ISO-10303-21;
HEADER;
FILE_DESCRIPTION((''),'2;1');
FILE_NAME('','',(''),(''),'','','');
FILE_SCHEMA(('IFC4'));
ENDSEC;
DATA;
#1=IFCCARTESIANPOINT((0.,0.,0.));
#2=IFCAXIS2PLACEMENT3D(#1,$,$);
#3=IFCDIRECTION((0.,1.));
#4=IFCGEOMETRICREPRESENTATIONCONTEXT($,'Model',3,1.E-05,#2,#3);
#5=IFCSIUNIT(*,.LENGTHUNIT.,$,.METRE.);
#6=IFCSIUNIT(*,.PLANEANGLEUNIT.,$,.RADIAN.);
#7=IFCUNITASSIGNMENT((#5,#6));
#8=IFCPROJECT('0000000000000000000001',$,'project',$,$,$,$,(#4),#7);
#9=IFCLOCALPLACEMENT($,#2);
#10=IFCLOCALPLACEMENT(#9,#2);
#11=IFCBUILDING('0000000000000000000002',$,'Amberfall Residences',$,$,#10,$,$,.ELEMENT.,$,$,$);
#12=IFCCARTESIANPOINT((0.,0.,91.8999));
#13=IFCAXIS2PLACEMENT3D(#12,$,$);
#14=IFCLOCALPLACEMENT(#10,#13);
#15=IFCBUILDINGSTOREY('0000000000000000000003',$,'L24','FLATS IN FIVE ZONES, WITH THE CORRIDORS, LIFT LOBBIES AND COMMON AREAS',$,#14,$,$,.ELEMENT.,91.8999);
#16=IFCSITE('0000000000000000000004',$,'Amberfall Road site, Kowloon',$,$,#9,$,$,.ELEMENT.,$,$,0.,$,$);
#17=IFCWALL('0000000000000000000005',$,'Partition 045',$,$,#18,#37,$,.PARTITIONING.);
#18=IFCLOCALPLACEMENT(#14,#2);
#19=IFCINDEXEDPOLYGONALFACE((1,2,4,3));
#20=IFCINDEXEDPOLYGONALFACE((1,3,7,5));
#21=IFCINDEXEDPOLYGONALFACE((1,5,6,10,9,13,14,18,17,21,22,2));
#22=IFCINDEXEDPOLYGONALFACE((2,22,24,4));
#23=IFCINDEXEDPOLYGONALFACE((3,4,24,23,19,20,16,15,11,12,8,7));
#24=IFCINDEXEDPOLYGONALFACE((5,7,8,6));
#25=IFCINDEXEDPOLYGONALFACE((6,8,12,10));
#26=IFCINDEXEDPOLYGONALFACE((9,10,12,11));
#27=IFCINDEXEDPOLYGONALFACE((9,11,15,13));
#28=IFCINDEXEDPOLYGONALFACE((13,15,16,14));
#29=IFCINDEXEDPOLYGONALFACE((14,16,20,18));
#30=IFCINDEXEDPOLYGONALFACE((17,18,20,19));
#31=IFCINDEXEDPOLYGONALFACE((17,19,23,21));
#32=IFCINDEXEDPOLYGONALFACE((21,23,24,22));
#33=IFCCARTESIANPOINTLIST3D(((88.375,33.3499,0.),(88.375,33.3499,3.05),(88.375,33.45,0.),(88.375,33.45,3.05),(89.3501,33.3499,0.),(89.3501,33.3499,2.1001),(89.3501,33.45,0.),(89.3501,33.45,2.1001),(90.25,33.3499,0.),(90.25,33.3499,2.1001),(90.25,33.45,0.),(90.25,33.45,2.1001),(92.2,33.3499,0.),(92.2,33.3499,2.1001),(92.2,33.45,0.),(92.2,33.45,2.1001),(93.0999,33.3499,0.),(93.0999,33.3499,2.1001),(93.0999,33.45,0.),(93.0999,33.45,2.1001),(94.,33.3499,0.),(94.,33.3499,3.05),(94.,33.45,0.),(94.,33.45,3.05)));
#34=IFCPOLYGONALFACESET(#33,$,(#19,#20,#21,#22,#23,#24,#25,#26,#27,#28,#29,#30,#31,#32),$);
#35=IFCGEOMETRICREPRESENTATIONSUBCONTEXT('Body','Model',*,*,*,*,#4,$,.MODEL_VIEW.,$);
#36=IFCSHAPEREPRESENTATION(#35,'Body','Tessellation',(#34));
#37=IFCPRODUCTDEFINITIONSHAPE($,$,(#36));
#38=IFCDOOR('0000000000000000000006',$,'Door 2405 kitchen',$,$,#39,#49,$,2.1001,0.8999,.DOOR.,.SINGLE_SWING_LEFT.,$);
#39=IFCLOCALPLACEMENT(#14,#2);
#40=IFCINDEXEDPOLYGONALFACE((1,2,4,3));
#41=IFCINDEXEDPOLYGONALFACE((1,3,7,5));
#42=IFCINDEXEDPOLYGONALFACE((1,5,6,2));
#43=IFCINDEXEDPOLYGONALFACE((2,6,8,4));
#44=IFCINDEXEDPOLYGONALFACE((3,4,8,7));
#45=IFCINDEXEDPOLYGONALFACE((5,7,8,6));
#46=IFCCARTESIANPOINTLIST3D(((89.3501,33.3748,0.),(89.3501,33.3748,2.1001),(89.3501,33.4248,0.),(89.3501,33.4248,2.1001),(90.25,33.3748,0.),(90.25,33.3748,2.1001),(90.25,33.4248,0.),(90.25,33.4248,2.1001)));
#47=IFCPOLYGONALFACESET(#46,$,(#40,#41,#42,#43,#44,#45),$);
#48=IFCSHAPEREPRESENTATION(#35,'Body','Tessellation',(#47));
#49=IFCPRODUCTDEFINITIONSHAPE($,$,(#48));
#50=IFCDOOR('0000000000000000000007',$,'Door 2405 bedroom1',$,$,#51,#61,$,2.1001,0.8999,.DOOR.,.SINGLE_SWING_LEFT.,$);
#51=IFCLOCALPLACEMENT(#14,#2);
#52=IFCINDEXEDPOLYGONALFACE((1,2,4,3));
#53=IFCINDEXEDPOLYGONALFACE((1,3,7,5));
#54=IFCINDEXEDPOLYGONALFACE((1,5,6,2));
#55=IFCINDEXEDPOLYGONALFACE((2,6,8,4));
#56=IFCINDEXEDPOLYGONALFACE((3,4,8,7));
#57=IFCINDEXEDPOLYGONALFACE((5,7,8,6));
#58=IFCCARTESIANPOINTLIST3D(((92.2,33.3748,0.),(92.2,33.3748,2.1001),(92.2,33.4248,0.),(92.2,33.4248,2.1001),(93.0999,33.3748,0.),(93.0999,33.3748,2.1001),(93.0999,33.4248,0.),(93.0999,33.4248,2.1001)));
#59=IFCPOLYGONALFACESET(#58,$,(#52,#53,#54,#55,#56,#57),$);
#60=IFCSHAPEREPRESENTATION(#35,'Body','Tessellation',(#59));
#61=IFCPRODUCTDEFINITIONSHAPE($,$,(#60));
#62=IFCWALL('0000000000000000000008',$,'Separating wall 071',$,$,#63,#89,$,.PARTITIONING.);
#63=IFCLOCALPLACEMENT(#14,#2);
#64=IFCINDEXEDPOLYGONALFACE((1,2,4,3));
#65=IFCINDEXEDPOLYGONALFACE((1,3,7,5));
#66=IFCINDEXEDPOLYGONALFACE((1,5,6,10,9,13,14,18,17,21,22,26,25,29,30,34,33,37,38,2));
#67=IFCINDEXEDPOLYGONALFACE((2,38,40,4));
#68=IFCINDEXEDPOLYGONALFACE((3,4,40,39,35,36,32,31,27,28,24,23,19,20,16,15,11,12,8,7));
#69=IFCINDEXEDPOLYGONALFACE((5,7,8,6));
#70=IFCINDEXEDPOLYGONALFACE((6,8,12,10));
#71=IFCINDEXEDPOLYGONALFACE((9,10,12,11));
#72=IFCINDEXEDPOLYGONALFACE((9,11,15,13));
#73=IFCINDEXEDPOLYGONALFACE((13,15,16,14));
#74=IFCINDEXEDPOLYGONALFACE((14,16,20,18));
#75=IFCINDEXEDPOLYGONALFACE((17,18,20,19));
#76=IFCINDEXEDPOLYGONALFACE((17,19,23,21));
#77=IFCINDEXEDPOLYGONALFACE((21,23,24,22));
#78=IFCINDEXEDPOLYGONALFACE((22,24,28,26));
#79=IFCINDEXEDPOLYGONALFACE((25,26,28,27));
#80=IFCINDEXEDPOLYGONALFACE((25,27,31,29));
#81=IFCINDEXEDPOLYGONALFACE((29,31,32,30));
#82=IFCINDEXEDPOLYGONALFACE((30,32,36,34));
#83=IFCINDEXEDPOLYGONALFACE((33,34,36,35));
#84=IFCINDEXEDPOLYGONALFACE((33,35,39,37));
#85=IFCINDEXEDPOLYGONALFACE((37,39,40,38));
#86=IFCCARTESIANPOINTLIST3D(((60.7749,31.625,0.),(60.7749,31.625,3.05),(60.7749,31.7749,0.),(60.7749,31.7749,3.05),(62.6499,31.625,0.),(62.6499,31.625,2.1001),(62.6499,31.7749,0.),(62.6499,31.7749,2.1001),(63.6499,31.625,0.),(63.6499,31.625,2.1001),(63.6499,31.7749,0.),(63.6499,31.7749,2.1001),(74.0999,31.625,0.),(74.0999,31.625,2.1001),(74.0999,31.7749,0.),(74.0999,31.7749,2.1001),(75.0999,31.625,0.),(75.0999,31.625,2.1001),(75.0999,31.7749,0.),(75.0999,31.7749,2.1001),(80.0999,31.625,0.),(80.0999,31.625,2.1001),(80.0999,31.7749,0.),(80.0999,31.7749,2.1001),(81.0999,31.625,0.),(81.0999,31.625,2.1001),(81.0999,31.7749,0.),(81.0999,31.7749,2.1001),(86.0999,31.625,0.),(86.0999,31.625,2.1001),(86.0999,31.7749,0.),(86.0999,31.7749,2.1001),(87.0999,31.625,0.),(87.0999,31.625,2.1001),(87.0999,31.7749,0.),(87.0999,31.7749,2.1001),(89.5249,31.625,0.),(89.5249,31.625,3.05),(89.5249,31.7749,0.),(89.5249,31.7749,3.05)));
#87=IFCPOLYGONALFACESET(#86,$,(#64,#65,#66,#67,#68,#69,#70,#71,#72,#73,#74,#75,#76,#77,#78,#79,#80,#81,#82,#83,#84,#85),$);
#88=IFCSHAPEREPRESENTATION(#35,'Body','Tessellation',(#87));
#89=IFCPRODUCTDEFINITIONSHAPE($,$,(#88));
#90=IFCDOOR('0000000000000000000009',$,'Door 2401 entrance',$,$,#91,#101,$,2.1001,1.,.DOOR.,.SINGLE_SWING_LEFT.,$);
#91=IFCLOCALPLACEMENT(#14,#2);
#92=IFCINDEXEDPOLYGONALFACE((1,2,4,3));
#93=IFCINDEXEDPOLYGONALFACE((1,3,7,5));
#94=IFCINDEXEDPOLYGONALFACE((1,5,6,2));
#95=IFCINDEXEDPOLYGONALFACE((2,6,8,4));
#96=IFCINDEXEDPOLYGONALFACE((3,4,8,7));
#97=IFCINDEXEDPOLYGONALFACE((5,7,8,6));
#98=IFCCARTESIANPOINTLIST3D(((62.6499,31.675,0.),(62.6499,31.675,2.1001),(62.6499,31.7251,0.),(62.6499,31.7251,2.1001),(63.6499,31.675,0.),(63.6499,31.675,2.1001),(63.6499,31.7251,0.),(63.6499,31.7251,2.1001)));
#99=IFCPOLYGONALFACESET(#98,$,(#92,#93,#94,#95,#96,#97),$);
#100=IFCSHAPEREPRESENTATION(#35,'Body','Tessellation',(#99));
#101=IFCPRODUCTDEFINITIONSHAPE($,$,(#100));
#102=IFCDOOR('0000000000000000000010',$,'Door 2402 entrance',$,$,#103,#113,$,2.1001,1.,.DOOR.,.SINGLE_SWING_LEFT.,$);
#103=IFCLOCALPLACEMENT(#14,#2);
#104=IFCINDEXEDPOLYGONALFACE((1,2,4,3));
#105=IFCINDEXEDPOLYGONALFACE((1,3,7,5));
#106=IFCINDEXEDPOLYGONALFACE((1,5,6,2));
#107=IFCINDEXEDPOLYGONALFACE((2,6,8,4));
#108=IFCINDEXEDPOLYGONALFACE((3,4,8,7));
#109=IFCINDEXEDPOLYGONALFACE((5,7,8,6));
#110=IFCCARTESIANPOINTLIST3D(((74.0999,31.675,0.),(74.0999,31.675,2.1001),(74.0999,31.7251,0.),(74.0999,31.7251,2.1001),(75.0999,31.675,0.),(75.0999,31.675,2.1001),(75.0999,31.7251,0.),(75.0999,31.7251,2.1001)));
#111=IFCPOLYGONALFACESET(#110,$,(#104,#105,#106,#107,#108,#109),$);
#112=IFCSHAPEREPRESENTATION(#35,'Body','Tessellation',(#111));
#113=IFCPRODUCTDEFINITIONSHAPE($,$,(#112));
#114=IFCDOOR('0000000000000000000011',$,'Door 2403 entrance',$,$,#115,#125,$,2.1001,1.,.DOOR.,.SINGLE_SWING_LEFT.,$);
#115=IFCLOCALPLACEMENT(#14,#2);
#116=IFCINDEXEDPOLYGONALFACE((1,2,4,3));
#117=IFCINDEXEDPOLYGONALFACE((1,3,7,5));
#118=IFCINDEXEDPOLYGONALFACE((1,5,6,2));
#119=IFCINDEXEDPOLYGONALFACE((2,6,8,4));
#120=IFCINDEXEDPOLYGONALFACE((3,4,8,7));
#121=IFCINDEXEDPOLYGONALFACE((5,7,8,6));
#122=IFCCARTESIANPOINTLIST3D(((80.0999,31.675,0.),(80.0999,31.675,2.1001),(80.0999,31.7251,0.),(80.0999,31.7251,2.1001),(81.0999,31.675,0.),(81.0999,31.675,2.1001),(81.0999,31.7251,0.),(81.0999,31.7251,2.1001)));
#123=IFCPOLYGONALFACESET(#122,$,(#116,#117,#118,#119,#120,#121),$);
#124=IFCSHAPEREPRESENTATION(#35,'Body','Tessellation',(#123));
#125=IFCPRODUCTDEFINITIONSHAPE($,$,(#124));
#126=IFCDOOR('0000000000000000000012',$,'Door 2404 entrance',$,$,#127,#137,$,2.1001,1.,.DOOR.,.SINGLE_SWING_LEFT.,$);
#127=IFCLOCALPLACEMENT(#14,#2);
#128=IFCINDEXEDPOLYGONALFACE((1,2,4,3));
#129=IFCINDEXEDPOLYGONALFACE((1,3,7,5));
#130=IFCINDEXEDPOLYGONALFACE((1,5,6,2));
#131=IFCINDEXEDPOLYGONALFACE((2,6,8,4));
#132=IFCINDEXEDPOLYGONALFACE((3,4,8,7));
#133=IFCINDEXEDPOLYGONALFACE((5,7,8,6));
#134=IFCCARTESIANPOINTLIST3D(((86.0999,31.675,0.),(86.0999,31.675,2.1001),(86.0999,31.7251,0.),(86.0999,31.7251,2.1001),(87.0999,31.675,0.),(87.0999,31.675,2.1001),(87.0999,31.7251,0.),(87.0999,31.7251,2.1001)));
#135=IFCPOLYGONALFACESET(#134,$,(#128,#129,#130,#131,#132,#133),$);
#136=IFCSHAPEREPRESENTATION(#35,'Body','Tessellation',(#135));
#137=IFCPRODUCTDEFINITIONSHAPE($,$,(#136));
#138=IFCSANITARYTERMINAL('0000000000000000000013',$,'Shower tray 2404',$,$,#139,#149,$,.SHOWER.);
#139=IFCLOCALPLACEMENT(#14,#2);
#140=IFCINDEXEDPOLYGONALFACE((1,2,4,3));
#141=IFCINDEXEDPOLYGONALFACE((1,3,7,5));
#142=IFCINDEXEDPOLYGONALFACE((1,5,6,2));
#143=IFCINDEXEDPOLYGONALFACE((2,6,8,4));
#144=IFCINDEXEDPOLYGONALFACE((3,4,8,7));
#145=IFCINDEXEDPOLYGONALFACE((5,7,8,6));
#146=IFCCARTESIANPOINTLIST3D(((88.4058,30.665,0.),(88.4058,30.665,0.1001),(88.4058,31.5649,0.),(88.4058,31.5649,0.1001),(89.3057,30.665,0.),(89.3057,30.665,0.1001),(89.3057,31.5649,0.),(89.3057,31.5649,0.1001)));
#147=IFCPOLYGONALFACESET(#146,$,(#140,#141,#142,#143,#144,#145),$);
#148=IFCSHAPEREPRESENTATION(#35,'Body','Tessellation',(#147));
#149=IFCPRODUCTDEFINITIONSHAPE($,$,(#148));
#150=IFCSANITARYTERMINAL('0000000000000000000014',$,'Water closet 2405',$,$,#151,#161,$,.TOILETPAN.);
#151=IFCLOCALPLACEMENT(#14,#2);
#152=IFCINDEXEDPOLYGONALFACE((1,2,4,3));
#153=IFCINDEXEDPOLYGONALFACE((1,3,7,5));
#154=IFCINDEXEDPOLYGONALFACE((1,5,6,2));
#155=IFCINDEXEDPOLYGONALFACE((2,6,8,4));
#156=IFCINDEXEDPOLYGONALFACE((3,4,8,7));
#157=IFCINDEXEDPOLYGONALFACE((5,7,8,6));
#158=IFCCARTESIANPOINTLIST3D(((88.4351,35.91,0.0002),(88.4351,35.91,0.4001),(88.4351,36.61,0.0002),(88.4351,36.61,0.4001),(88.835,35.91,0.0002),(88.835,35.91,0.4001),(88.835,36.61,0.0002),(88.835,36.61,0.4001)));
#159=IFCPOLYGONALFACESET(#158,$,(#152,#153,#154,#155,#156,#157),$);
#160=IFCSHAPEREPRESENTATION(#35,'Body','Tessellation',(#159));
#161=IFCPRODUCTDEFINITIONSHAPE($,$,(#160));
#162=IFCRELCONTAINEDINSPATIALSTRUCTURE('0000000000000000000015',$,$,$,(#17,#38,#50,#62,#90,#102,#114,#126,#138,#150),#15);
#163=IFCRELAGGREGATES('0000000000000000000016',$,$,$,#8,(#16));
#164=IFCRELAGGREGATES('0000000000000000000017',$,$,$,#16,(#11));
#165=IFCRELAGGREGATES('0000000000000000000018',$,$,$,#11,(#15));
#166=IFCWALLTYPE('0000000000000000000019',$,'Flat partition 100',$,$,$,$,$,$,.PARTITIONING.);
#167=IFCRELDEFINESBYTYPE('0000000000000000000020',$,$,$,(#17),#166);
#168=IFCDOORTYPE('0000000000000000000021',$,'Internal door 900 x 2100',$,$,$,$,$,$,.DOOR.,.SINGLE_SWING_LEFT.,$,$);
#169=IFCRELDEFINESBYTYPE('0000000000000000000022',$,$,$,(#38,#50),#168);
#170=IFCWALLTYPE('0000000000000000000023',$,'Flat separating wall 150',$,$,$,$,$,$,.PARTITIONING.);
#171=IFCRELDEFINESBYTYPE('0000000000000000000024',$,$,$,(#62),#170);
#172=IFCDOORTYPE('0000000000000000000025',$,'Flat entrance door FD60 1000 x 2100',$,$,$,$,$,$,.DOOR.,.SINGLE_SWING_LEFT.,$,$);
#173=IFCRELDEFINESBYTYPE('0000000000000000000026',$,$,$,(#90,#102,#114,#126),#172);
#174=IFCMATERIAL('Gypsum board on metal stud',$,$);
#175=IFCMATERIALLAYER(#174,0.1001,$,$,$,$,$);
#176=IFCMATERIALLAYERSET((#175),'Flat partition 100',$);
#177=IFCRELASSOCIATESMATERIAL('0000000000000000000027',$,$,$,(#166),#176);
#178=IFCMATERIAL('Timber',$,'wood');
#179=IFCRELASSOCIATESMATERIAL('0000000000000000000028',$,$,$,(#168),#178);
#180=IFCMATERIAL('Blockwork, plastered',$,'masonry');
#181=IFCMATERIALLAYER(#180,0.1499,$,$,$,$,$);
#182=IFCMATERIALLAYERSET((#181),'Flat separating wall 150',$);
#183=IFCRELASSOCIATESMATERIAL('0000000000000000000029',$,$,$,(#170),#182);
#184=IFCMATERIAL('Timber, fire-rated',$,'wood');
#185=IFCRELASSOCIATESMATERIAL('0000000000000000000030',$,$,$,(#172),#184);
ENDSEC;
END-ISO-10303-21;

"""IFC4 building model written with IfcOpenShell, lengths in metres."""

from ifc_helpers import new_model, si_unit, direction, frame, frame_2d, origin, origin_2d, place, context, subcontext, project, spatial, rectangle, extrude, material, layer, layer_set, type_object, element, fill, save


model = new_model("IFC4")

# Units and contexts
model_context = context("Model", 3, precision=1e-05, world=origin(), true_north=direction((0.0, 1.0)))
body_context = subcontext(model_context, "Body", "Model", "MODEL_VIEW")
ifc_project = project(units=[si_unit("LENGTHUNIT", "METRE"), si_unit("PLANEANGLEUNIT", "RADIAN")], contexts=[model_context])

# Site, building, storey
site_placement = place(None, origin())
site = spatial("IfcSite", under=ifc_project, at=site_placement, Name="Amberfall Road site, Kowloon", CompositionType="ELEMENT", RefElevation=0.0)
building_placement = place(site_placement, origin())
building = spatial("IfcBuilding", under=site, at=building_placement, Name="Amberfall Residences", CompositionType="ELEMENT")
storey_placement = place(building_placement, frame((0.0, 0.0, 91.8999)))
storey = spatial("IfcBuildingStorey", under=building, at=storey_placement, Name="L24", Description="FLATS IN FIVE ZONES, WITH THE CORRIDORS, LIFT LOBBIES AND COMMON AREAS", CompositionType="ELEMENT", Elevation=91.8999)

# Shared definitions
ifc_material_1 = material(Name="Gypsum board on metal stud")
ifc_layer_1 = layer(ifc_material_1, 0.1001)
ifc_layer_set_1 = layer_set([ifc_layer_1], Name="Flat partition 100")
wall_type_1 = type_object("IfcWallType", Name="Flat partition 100", PredefinedType="PARTITIONING", material=ifc_layer_set_1)
ifc_material_2 = material(Name="Timber", Category="wood")

# Walls, openings, doors
wall_1_placement = place(storey_placement, frame((88.375, 33.3999, 0.0), z_axis=(0.0, 0.0, 1.0), x_axis=(1.0, 0.0, 0.0)))
wall_1 = element("IfcWall", 1, at=wall_1_placement, inside=storey, type_object=wall_type_1, Name="Partition 045", PredefinedType="PARTITIONING", context=body_context, shape_type="SweptSolid", body=[
    extrude(rectangle(XDim=5.625, YDim=0.1001, at=frame_2d((2.8125, 0.0))), origin(), (0.0, 0.0, 1.0), 3.05),
])
opening_1_placement = place(wall_1_placement, frame((0.9751, 0.0, 0.0)))
opening_1 = element("IfcOpeningElement", 2, at=opening_1_placement, cuts=wall_1, PredefinedType="OPENING", context=body_context, shape_type="SweptSolid", body=[
    extrude(rectangle(XDim=0.8999, YDim=2.1001, at=frame_2d((0.45, 1.05))), frame((0.0, 0.0601, 0.0), z_axis=(0.0, -1.0, 0.0), x_axis=(1.0, 0.0, 0.0)), (0.0, 0.0, 1.0), 0.1201),
])
opening_2_placement = place(wall_1_placement, frame((3.825, 0.0, 0.0)))
opening_2 = element("IfcOpeningElement", 3, at=opening_2_placement, cuts=wall_1, PredefinedType="OPENING", context=body_context, shape_type="SweptSolid", body=[
    extrude(rectangle(XDim=0.8999, YDim=2.1001, at=frame_2d((0.45, 1.05))), frame((0.0, 0.0601, 0.0), z_axis=(0.0, -1.0, 0.0), x_axis=(1.0, 0.0, 0.0)), (0.0, 0.0, 1.0), 0.1201),
])
door_type_1 = type_object("IfcDoorType", Name="Internal door 900 x 2100", OperationType="SINGLE_SWING_LEFT", PredefinedType="DOOR", material=ifc_material_2)
door_1_placement = place(opening_1_placement, origin())
door_1 = element("IfcDoor", 4, at=door_1_placement, inside=storey, type_object=door_type_1, Name="Door 2405 kitchen", OperationType="SINGLE_SWING_LEFT", OverallHeight=2.1001, OverallWidth=0.8999, PredefinedType="DOOR", context=body_context, shape_type="SweptSolid", body=[
    extrude(rectangle(XDim=0.8999, YDim=2.1001, at=frame_2d((0.45, 1.05))), frame((0.0, 0.0249, 0.0), z_axis=(0.0, -1.0, 0.0), x_axis=(1.0, 0.0, 0.0)), (0.0, 0.0, 1.0), 0.05),
])
fill(opening_1, door_1)
door_2_placement = place(opening_2_placement, origin())
door_2 = element("IfcDoor", 5, at=door_2_placement, inside=storey, type_object=door_type_1, Name="Door 2405 bedroom1", OperationType="SINGLE_SWING_LEFT", OverallHeight=2.1001, OverallWidth=0.8999, PredefinedType="DOOR", context=body_context, shape_type="SweptSolid", body=[
    extrude(rectangle(XDim=0.8999, YDim=2.1001, at=frame_2d((0.45, 1.05))), frame((0.0, 0.0249, 0.0), z_axis=(0.0, -1.0, 0.0), x_axis=(1.0, 0.0, 0.0)), (0.0, 0.0, 1.0), 0.05),
])
fill(opening_2, door_2)
ifc_material_3 = material(Name="Blockwork, plastered", Category="masonry")
ifc_layer_2 = layer(ifc_material_3, 0.1499)
ifc_layer_set_2 = layer_set([ifc_layer_2], Name="Flat separating wall 150")
wall_type_2 = type_object("IfcWallType", Name="Flat separating wall 150", PredefinedType="PARTITIONING", material=ifc_layer_set_2)
wall_2_placement = place(storey_placement, frame((89.5249, 31.7, 0.0), z_axis=(0.0, 0.0, 1.0), x_axis=(-1.0, 0.0, 0.0)))
wall_2 = element("IfcWall", 6, at=wall_2_placement, inside=storey, type_object=wall_type_2, Name="Separating wall 071", PredefinedType="PARTITIONING", context=body_context, shape_type="SweptSolid", body=[
    extrude(rectangle(XDim=28.75, YDim=0.1499, at=frame_2d((14.375, 0.0))), origin(), (0.0, 0.0, 1.0), 3.05),
])
opening_3_placement = place(wall_2_placement, frame((25.875, 0.0, 0.0)))
opening_3 = element("IfcOpeningElement", 7, at=opening_3_placement, cuts=wall_2, PredefinedType="OPENING", context=body_context, shape_type="SweptSolid", body=[
    extrude(rectangle(XDim=1.0, YDim=2.1001, at=frame_2d((0.5, 1.05))), frame((0.0, 0.085, 0.0), z_axis=(0.0, -1.0, 0.0), x_axis=(1.0, 0.0, 0.0)), (0.0, 0.0, 1.0), 0.1699),
])
opening_4_placement = place(wall_2_placement, frame((14.425, 0.0, 0.0)))
opening_4 = element("IfcOpeningElement", 8, at=opening_4_placement, cuts=wall_2, PredefinedType="OPENING", context=body_context, shape_type="SweptSolid", body=[
    extrude(rectangle(XDim=1.0, YDim=2.1001, at=frame_2d((0.5, 1.05))), frame((0.0, 0.085, 0.0), z_axis=(0.0, -1.0, 0.0), x_axis=(1.0, 0.0, 0.0)), (0.0, 0.0, 1.0), 0.1699),
])
opening_5_placement = place(wall_2_placement, frame((8.425, 0.0, 0.0)))
opening_5 = element("IfcOpeningElement", 9, at=opening_5_placement, cuts=wall_2, PredefinedType="OPENING", context=body_context, shape_type="SweptSolid", body=[
    extrude(rectangle(XDim=1.0, YDim=2.1001, at=frame_2d((0.5, 1.05))), frame((0.0, 0.085, 0.0), z_axis=(0.0, -1.0, 0.0), x_axis=(1.0, 0.0, 0.0)), (0.0, 0.0, 1.0), 0.1699),
])
opening_6_placement = place(wall_2_placement, frame((2.425, 0.0, 0.0)))
opening_6 = element("IfcOpeningElement", 10, at=opening_6_placement, cuts=wall_2, PredefinedType="OPENING", context=body_context, shape_type="SweptSolid", body=[
    extrude(rectangle(XDim=1.0, YDim=2.1001, at=frame_2d((0.5, 1.05))), frame((0.0, 0.085, 0.0), z_axis=(0.0, -1.0, 0.0), x_axis=(1.0, 0.0, 0.0)), (0.0, 0.0, 1.0), 0.1699),
])
ifc_material_4 = material(Name="Timber, fire-rated", Category="wood")
door_type_2 = type_object("IfcDoorType", Name="Flat entrance door FD60 1000 x 2100", OperationType="SINGLE_SWING_LEFT", PredefinedType="DOOR", material=ifc_material_4)
door_3_placement = place(opening_3_placement, origin())
door_3 = element("IfcDoor", 11, at=door_3_placement, inside=storey, type_object=door_type_2, Name="Door 2401 entrance", OperationType="SINGLE_SWING_LEFT", OverallHeight=2.1001, OverallWidth=1.0, PredefinedType="DOOR", context=body_context, shape_type="SweptSolid", body=[
    extrude(rectangle(XDim=1.0, YDim=2.1001, at=frame_2d((0.5, 1.05))), frame((0.0, 0.0249, 0.0), z_axis=(0.0, -1.0, 0.0), x_axis=(1.0, 0.0, 0.0)), (0.0, 0.0, 1.0), 0.05),
])
fill(opening_3, door_3)
door_4_placement = place(opening_4_placement, origin())
door_4 = element("IfcDoor", 12, at=door_4_placement, inside=storey, type_object=door_type_2, Name="Door 2402 entrance", OperationType="SINGLE_SWING_LEFT", OverallHeight=2.1001, OverallWidth=1.0, PredefinedType="DOOR", context=body_context, shape_type="SweptSolid", body=[
    extrude(rectangle(XDim=1.0, YDim=2.1001, at=frame_2d((0.5, 1.05))), frame((0.0, 0.0249, 0.0), z_axis=(0.0, -1.0, 0.0), x_axis=(1.0, 0.0, 0.0)), (0.0, 0.0, 1.0), 0.05),
])
fill(opening_4, door_4)
door_5_placement = place(opening_5_placement, origin())
door_5 = element("IfcDoor", 13, at=door_5_placement, inside=storey, type_object=door_type_2, Name="Door 2403 entrance", OperationType="SINGLE_SWING_LEFT", OverallHeight=2.1001, OverallWidth=1.0, PredefinedType="DOOR", context=body_context, shape_type="SweptSolid", body=[
    extrude(rectangle(XDim=1.0, YDim=2.1001, at=frame_2d((0.5, 1.05))), frame((0.0, 0.0249, 0.0), z_axis=(0.0, -1.0, 0.0), x_axis=(1.0, 0.0, 0.0)), (0.0, 0.0, 1.0), 0.05),
])
fill(opening_5, door_5)
door_6_placement = place(opening_6_placement, origin())
door_6 = element("IfcDoor", 14, at=door_6_placement, inside=storey, type_object=door_type_2, Name="Door 2404 entrance", OperationType="SINGLE_SWING_LEFT", OverallHeight=2.1001, OverallWidth=1.0, PredefinedType="DOOR", context=body_context, shape_type="SweptSolid", body=[
    extrude(rectangle(XDim=1.0, YDim=2.1001, at=frame_2d((0.5, 1.05))), frame((0.0, 0.0249, 0.0), z_axis=(0.0, -1.0, 0.0), x_axis=(1.0, 0.0, 0.0)), (0.0, 0.0, 1.0), 0.05),
])
fill(opening_6, door_6)

# Sanitary terminals
sanitary_terminal_1_placement = place(storey_placement, frame((88.8557, 31.115, 0.0), z_axis=(0.0, 0.0, 1.0), x_axis=(1.0, 0.0, 0.0)))
element("IfcSanitaryTerminal", 15, at=sanitary_terminal_1_placement, inside=storey, Name="Shower tray 2404", PredefinedType="SHOWER", context=body_context, shape_type="SweptSolid", body=[
    extrude(rectangle(XDim=0.8999, YDim=0.8999, at=origin_2d()), origin(), (0.0, 0.0, 1.0), 0.1001),
])
sanitary_terminal_2_placement = place(storey_placement, frame((88.635, 36.26, 0.0002), z_axis=(0.0, 0.0, 1.0), x_axis=(1.0, 0.0, 0.0)))
element("IfcSanitaryTerminal", 16, at=sanitary_terminal_2_placement, inside=storey, Name="Water closet 2405", PredefinedType="TOILETPAN", context=body_context, shape_type="SweptSolid", body=[
    extrude(rectangle(XDim=0.3999, YDim=0.7, at=origin_2d()), origin(), (0.0, 0.0, 1.0), 0.3999),
])

save(model, "model.ifc")
